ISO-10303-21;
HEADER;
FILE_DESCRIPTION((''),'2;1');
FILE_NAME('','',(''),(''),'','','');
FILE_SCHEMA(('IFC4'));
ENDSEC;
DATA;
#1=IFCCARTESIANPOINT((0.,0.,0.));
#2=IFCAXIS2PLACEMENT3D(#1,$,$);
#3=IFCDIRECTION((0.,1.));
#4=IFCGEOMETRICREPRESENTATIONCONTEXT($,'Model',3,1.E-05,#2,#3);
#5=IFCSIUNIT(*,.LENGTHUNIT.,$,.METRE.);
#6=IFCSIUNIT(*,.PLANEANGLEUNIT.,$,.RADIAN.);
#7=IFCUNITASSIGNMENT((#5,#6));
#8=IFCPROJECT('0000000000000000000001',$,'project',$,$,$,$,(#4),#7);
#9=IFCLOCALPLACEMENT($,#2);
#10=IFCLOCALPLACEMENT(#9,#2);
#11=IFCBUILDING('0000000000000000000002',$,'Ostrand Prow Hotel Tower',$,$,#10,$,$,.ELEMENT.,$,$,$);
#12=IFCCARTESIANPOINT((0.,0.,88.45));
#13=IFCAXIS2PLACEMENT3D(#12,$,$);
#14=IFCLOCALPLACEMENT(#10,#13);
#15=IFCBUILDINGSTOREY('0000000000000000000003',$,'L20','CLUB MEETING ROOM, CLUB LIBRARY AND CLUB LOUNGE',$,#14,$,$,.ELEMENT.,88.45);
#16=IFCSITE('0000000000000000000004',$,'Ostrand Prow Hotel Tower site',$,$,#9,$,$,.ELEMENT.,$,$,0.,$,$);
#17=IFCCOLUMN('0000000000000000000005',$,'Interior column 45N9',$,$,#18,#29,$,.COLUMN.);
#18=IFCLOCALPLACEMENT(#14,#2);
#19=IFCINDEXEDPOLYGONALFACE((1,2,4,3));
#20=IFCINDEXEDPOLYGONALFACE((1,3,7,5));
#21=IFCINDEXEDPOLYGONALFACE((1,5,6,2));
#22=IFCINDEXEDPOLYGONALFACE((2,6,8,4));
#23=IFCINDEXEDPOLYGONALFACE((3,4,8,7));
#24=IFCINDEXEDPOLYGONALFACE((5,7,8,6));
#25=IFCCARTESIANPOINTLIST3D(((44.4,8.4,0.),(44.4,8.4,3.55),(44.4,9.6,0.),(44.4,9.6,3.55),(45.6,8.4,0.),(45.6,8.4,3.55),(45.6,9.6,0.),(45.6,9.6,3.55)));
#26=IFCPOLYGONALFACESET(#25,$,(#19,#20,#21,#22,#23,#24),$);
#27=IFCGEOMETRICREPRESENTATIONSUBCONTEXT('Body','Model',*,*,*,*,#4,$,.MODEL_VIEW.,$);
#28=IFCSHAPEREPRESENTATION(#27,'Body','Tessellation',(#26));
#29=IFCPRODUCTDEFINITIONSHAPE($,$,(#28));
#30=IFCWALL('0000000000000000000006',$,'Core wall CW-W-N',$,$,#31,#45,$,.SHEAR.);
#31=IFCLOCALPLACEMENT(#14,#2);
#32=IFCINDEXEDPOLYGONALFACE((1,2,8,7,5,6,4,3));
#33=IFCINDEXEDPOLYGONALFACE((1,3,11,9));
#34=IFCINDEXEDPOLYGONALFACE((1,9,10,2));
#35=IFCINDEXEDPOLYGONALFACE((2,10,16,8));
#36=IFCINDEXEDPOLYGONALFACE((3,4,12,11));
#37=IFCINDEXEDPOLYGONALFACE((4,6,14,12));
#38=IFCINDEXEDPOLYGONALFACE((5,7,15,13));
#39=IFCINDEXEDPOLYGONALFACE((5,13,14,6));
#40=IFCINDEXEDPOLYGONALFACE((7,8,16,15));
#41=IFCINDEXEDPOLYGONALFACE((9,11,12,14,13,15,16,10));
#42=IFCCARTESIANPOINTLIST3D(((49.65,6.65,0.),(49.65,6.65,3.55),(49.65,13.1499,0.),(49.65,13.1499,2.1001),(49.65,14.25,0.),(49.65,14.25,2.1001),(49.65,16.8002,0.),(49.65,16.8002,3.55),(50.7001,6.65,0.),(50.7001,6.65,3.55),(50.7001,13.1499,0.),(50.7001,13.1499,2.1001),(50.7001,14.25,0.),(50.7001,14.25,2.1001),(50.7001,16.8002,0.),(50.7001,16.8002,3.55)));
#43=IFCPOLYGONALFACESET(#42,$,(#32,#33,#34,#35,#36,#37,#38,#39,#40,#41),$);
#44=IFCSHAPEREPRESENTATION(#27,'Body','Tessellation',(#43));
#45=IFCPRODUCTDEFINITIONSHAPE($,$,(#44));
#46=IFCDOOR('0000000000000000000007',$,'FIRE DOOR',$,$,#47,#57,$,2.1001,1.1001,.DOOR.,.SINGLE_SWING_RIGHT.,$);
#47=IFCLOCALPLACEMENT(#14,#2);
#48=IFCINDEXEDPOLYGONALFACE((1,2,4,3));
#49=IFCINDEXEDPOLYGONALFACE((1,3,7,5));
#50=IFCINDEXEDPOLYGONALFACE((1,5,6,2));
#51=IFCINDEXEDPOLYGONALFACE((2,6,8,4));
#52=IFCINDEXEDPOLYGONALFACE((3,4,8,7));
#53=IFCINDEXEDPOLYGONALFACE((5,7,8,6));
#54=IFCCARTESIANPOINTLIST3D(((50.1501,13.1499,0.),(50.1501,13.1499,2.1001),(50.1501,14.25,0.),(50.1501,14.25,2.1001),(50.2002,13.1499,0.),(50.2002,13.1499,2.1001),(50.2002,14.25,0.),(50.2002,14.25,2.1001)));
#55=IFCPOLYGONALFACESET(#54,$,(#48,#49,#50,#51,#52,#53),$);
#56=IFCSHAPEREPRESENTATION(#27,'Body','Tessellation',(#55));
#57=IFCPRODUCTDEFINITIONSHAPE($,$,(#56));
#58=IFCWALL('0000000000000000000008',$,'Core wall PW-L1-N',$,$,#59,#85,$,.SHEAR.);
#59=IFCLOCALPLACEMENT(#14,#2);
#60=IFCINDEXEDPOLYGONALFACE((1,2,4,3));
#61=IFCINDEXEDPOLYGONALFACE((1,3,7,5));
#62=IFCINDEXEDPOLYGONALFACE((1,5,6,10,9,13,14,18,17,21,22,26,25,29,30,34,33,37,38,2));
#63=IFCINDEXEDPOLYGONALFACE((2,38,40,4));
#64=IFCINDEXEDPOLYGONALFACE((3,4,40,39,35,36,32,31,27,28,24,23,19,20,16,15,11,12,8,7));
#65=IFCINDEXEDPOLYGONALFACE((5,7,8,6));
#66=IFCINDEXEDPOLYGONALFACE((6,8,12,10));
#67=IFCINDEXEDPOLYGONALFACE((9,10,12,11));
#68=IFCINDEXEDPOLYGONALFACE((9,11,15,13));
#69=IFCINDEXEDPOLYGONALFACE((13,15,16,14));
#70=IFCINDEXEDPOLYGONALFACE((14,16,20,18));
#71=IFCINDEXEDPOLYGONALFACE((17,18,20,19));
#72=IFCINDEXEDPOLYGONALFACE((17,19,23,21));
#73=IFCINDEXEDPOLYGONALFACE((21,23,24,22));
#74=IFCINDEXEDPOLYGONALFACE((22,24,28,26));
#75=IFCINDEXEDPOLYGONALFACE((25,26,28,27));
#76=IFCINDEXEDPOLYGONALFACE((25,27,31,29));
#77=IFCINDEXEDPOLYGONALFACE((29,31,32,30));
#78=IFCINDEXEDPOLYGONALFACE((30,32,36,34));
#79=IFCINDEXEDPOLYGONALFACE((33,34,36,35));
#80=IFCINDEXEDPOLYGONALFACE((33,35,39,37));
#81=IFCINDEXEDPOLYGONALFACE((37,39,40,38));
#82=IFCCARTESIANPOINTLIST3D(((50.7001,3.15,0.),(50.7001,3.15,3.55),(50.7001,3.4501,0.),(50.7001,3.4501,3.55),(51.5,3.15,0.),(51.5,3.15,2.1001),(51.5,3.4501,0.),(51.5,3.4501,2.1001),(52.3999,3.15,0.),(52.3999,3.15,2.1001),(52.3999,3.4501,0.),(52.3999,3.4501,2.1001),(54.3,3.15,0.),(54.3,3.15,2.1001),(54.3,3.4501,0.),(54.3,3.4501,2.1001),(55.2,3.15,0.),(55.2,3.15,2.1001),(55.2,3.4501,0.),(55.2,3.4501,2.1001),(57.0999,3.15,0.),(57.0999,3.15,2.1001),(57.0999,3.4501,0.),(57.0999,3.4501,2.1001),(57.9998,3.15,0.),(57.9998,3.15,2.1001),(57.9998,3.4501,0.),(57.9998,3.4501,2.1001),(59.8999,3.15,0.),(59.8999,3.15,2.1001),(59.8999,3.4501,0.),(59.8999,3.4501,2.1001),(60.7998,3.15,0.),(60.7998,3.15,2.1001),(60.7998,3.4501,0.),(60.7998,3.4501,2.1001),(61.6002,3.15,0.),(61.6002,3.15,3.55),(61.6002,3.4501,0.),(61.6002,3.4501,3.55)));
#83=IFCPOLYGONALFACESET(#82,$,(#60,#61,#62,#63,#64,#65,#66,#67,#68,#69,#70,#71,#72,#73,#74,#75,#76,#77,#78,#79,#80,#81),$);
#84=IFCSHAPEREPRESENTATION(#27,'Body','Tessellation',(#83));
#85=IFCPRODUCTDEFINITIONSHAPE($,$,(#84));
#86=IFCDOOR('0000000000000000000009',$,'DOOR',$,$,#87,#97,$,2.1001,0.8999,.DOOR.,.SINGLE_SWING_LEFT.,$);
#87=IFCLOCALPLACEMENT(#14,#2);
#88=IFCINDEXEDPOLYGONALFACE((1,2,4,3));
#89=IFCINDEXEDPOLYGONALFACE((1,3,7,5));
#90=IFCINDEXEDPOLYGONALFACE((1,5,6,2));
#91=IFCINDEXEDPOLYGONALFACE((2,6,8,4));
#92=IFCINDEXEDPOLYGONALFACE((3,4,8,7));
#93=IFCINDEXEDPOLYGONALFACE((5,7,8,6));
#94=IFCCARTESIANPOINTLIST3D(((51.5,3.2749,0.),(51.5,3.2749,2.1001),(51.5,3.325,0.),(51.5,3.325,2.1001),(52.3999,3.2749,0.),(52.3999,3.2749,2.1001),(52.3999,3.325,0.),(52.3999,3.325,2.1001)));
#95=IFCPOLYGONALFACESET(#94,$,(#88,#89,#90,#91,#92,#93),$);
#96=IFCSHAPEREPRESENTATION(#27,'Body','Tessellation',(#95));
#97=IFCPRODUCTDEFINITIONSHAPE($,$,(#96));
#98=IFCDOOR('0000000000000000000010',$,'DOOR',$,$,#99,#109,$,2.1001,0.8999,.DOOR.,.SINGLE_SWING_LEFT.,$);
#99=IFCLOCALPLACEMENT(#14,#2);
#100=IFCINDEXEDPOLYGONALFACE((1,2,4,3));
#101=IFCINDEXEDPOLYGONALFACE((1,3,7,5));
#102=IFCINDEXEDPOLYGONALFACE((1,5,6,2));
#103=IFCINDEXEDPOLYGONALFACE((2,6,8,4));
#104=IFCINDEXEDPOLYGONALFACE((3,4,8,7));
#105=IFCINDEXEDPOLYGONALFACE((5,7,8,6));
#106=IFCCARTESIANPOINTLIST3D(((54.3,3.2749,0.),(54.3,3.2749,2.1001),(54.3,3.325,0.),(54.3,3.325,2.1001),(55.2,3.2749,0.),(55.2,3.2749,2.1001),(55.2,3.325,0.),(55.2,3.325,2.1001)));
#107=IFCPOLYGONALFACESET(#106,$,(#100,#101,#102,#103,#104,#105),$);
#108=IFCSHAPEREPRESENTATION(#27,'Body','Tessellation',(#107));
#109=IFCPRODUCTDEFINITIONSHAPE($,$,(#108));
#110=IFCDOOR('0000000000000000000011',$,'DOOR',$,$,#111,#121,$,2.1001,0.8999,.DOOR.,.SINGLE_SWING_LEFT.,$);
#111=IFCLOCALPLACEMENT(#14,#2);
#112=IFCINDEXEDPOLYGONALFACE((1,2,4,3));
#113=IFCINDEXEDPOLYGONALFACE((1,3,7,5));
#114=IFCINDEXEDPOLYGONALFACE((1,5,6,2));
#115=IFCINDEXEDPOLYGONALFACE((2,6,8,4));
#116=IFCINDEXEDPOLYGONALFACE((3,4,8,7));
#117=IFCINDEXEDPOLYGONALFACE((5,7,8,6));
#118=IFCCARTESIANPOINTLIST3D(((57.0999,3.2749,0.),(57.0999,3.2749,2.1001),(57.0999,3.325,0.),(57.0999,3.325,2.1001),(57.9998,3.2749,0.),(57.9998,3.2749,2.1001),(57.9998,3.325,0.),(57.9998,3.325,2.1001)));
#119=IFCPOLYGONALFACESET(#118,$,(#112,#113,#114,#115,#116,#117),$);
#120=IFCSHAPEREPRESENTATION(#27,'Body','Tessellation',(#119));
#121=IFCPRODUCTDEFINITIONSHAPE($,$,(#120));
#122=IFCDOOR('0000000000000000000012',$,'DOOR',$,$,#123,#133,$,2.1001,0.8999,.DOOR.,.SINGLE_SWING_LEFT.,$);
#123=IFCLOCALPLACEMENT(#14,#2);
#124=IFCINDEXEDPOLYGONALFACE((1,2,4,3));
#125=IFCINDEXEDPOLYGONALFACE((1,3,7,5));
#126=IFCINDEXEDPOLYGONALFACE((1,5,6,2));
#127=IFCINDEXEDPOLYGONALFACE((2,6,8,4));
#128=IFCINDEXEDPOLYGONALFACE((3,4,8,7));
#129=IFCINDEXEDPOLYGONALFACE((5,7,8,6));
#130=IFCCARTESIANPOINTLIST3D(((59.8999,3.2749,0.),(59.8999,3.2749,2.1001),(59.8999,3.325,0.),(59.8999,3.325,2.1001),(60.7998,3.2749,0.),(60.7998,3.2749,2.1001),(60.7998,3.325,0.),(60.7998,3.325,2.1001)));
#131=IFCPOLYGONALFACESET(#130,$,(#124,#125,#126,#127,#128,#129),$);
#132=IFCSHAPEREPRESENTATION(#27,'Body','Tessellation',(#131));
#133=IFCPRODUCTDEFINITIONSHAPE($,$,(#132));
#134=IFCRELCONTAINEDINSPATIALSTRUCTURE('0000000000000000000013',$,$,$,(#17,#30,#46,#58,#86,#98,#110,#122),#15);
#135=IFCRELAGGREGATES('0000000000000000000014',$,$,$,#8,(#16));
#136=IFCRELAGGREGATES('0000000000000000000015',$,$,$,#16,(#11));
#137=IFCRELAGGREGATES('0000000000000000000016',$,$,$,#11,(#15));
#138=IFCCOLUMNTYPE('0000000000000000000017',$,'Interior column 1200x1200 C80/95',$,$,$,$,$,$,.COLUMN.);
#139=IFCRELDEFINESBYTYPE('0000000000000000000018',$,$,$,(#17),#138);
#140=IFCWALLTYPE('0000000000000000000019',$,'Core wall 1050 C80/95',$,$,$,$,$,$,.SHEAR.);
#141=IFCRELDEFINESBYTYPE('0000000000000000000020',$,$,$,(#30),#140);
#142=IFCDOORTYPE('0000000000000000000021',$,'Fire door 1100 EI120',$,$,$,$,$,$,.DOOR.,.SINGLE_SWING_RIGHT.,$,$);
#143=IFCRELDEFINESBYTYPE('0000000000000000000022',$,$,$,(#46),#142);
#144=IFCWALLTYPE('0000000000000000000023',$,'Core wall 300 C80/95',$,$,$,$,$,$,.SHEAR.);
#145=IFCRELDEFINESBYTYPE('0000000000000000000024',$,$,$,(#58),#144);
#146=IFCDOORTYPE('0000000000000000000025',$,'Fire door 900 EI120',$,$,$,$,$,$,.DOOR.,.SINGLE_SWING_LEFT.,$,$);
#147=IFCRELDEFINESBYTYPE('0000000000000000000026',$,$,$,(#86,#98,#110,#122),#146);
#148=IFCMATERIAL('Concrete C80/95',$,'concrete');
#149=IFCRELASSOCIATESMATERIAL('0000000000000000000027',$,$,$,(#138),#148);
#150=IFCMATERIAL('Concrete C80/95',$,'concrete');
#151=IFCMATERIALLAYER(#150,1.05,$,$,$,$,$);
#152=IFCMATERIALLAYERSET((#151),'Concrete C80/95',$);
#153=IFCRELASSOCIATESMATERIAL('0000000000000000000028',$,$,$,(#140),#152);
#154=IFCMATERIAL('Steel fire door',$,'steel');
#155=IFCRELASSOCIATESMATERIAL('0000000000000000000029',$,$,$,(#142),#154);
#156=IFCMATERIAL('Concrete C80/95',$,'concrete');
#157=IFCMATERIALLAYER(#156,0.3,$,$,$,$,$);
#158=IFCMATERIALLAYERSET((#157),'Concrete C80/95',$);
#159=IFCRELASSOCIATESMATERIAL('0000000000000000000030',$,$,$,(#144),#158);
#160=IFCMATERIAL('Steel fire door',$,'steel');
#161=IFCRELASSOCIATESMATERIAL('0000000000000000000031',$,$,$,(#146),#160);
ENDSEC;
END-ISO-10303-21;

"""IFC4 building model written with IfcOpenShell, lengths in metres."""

from ifc_helpers import new_model, si_unit, direction, frame, frame_2d, origin, origin_2d, place, context, subcontext, project, spatial, rectangle, extrude, material, layer, layer_set, material_profile, profile_set, type_object, element, fill, save


model = new_model("IFC4")

# Units and contexts
model_context = context("Model", 3, precision=1e-05, world=origin(), true_north=direction((0.0, 1.0)))
body_context = subcontext(model_context, "Body", "Model", "MODEL_VIEW")
ifc_project = project(units=[si_unit("LENGTHUNIT", "METRE"), si_unit("PLANEANGLEUNIT", "RADIAN")], contexts=[model_context])

# Site, building, storey
site_placement = place(None, origin())
site = spatial("IfcSite", under=ifc_project, at=site_placement, Name="Ostrand Prow Hotel Tower site", CompositionType="ELEMENT", RefElevation=0.0)
building_placement = place(site_placement, origin())
building = spatial("IfcBuilding", under=site, at=building_placement, Name="Ostrand Prow Hotel Tower", CompositionType="ELEMENT")
storey_placement = place(building_placement, frame((0.0, 0.0, 88.45)))
storey = spatial("IfcBuildingStorey", under=building, at=storey_placement, Name="L20", Description="CLUB MEETING ROOM, CLUB LIBRARY AND CLUB LOUNGE", CompositionType="ELEMENT", Elevation=88.45)

# Column
ifc_material_1 = material(Name="Concrete C80/95", Category="concrete")
ifc_material_profile = material_profile(ifc_material_1, rectangle(XDim=1.2, YDim=1.2, at=origin_2d()), Name="RC 1200x1200")
ifc_profile_set = profile_set([ifc_material_profile], Name="Concrete C80/95")
column_type = type_object("IfcColumnType", Name="Interior column 1200x1200 C80/95", PredefinedType="COLUMN", material=ifc_profile_set)
column_placement = place(storey_placement, frame((45.0, 9.0, 0.0), z_axis=(0.0, 0.0, 1.0), x_axis=(1.0, 0.0, 0.0)))
element("IfcColumn", 1, at=column_placement, inside=storey, type_object=column_type, Name="Interior column 45N9", PredefinedType="COLUMN", context=body_context, shape_type="SweptSolid", body=[
    extrude(rectangle(XDim=1.2, YDim=1.2, at=origin_2d()), origin(), (0.0, 0.0, 1.0), 3.55),
])

# Wall, opening, door
ifc_material_2 = material(Name="Concrete C80/95", Category="concrete")
ifc_layer_1 = layer(ifc_material_2, 1.05)
ifc_layer_set_1 = layer_set([ifc_layer_1], Name="Concrete C80/95")
wall_type_1 = type_object("IfcWallType", Name="Core wall 1050 C80/95", PredefinedType="SHEAR", material=ifc_layer_set_1)
wall_1_placement = place(storey_placement, frame((50.175, 6.6499, 0.0), z_axis=(0.0, 0.0, 1.0), x_axis=(0.0, 1.0, 0.0)))
wall_1 = element("IfcWall", 2, at=wall_1_placement, inside=storey, type_object=wall_type_1, Name="Core wall CW-W-N", PredefinedType="SHEAR", context=body_context, shape_type="SweptSolid", body=[
    extrude(rectangle(XDim=10.1501, YDim=1.05, at=frame_2d((5.0752, 0.0))), origin(), (0.0, 0.0, 1.0), 3.55),
])
opening_1_placement = place(wall_1_placement, frame((6.5, 0.0, 0.0)))
opening_1 = element("IfcOpeningElement", 3, at=opening_1_placement, cuts=wall_1, PredefinedType="OPENING", context=body_context, shape_type="SweptSolid", body=[
    extrude(rectangle(XDim=1.1001, YDim=2.1001, at=frame_2d((0.55, 1.05))), frame((0.0, 0.5349, 0.0), z_axis=(0.0, -1.0, 0.0), x_axis=(1.0, 0.0, 0.0)), (0.0, 0.0, 1.0), 1.0701),
])
ifc_material_3 = material(Name="Steel fire door", Category="steel")
door_type_1 = type_object("IfcDoorType", Name="Fire door 1100 EI120", OperationType="SINGLE_SWING_RIGHT", PredefinedType="DOOR", material=ifc_material_3)
door_1_placement = place(opening_1_placement, origin())
door_1 = element("IfcDoor", 4, at=door_1_placement, inside=storey, type_object=door_type_1, Name="FIRE DOOR", OperationType="SINGLE_SWING_RIGHT", OverallHeight=2.1001, OverallWidth=1.1001, PredefinedType="DOOR", context=body_context, shape_type="SweptSolid", body=[
    extrude(rectangle(XDim=1.1001, YDim=2.1001, at=frame_2d((0.55, 1.05))), frame((0.0, 0.0249, 0.0), z_axis=(0.0, -1.0, 0.0), x_axis=(1.0, 0.0, 0.0)), (0.0, 0.0, 1.0), 0.05),
])
fill(opening_1, door_1)

# Wall, openings, doors
ifc_material_4 = material(Name="Concrete C80/95", Category="concrete")
ifc_layer_2 = layer(ifc_material_4, 0.3)
ifc_layer_set_2 = layer_set([ifc_layer_2], Name="Concrete C80/95")
wall_type_2 = type_object("IfcWallType", Name="Core wall 300 C80/95", PredefinedType="SHEAR", material=ifc_layer_set_2)
wall_2_placement = place(storey_placement, frame((50.7, 3.3, 0.0), z_axis=(0.0, 0.0, 1.0), x_axis=(1.0, 0.0, 0.0)))
wall_2 = element("IfcWall", 5, at=wall_2_placement, inside=storey, type_object=wall_type_2, Name="Core wall PW-L1-N", PredefinedType="SHEAR", context=body_context, shape_type="SweptSolid", body=[
    extrude(rectangle(XDim=10.9001, YDim=0.3, at=frame_2d((5.4502, 0.0))), origin(), (0.0, 0.0, 1.0), 3.55),
])
opening_2_placement = place(wall_2_placement, frame((0.8, 0.0, 0.0)))
opening_2 = element("IfcOpeningElement", 6, at=opening_2_placement, cuts=wall_2, PredefinedType="OPENING", context=body_context, shape_type="SweptSolid", body=[
    extrude(rectangle(XDim=0.8999, YDim=2.1001, at=frame_2d((0.45, 1.05))), frame((0.0, 0.1599, 0.0), z_axis=(0.0, -1.0, 0.0), x_axis=(1.0, 0.0, 0.0)), (0.0, 0.0, 1.0), 0.3201),
])
opening_3_placement = place(wall_2_placement, frame((3.6001, 0.0, 0.0)))
opening_3 = element("IfcOpeningElement", 7, at=opening_3_placement, cuts=wall_2, PredefinedType="OPENING", context=body_context, shape_type="SweptSolid", body=[
    extrude(rectangle(XDim=0.8999, YDim=2.1001, at=frame_2d((0.45, 1.05))), frame((0.0, 0.1599, 0.0), z_axis=(0.0, -1.0, 0.0), x_axis=(1.0, 0.0, 0.0)), (0.0, 0.0, 1.0), 0.3201),
])
opening_4_placement = place(wall_2_placement, frame((6.3999, 0.0, 0.0)))
opening_4 = element("IfcOpeningElement", 8, at=opening_4_placement, cuts=wall_2, PredefinedType="OPENING", context=body_context, shape_type="SweptSolid", body=[
    extrude(rectangle(XDim=0.8999, YDim=2.1001, at=frame_2d((0.45, 1.05))), frame((0.0, 0.1599, 0.0), z_axis=(0.0, -1.0, 0.0), x_axis=(1.0, 0.0, 0.0)), (0.0, 0.0, 1.0), 0.3201),
])
opening_5_placement = place(wall_2_placement, frame((9.2, 0.0, 0.0)))
opening_5 = element("IfcOpeningElement", 9, at=opening_5_placement, cuts=wall_2, PredefinedType="OPENING", context=body_context, shape_type="SweptSolid", body=[
    extrude(rectangle(XDim=0.8999, YDim=2.1001, at=frame_2d((0.45, 1.05))), frame((0.0, 0.1599, 0.0), z_axis=(0.0, -1.0, 0.0), x_axis=(1.0, 0.0, 0.0)), (0.0, 0.0, 1.0), 0.3201),
])
ifc_material_5 = material(Name="Steel fire door", Category="steel")
door_type_2 = type_object("IfcDoorType", Name="Fire door 900 EI120", OperationType="SINGLE_SWING_LEFT", PredefinedType="DOOR", material=ifc_material_5)
door_2_placement = place(opening_2_placement, origin())
door_2 = element("IfcDoor", 10, at=door_2_placement, inside=storey, type_object=door_type_2, Name="DOOR", OperationType="SINGLE_SWING_LEFT", OverallHeight=2.1001, OverallWidth=0.8999, PredefinedType="DOOR", context=body_context, shape_type="SweptSolid", body=[
    extrude(rectangle(XDim=0.8999, YDim=2.1001, at=frame_2d((0.45, 1.05))), frame((0.0, 0.0249, 0.0), z_axis=(0.0, -1.0, 0.0), x_axis=(1.0, 0.0, 0.0)), (0.0, 0.0, 1.0), 0.05),
])
fill(opening_2, door_2)
door_3_placement = place(opening_3_placement, origin())
door_3 = element("IfcDoor", 11, at=door_3_placement, inside=storey, type_object=door_type_2, Name="DOOR", OperationType="SINGLE_SWING_LEFT", OverallHeight=2.1001, OverallWidth=0.8999, PredefinedType="DOOR", context=body_context, shape_type="SweptSolid", body=[
    extrude(rectangle(XDim=0.8999, YDim=2.1001, at=frame_2d((0.45, 1.05))), frame((0.0, 0.0249, 0.0), z_axis=(0.0, -1.0, 0.0), x_axis=(1.0, 0.0, 0.0)), (0.0, 0.0, 1.0), 0.05),
])
fill(opening_3, door_3)
door_4_placement = place(opening_4_placement, origin())
door_4 = element("IfcDoor", 12, at=door_4_placement, inside=storey, type_object=door_type_2, Name="DOOR", OperationType="SINGLE_SWING_LEFT", OverallHeight=2.1001, OverallWidth=0.8999, PredefinedType="DOOR", context=body_context, shape_type="SweptSolid", body=[
    extrude(rectangle(XDim=0.8999, YDim=2.1001, at=frame_2d((0.45, 1.05))), frame((0.0, 0.0249, 0.0), z_axis=(0.0, -1.0, 0.0), x_axis=(1.0, 0.0, 0.0)), (0.0, 0.0, 1.0), 0.05),
])
fill(opening_4, door_4)
door_5_placement = place(opening_5_placement, origin())
door_5 = element("IfcDoor", 13, at=door_5_placement, inside=storey, type_object=door_type_2, Name="DOOR", OperationType="SINGLE_SWING_LEFT", OverallHeight=2.1001, OverallWidth=0.8999, PredefinedType="DOOR", context=body_context, shape_type="SweptSolid", body=[
    extrude(rectangle(XDim=0.8999, YDim=2.1001, at=frame_2d((0.45, 1.05))), frame((0.0, 0.0249, 0.0), z_axis=(0.0, -1.0, 0.0), x_axis=(1.0, 0.0, 0.0)), (0.0, 0.0, 1.0), 0.05),
])
fill(opening_5, door_5)

save(model, "model.ifc")
